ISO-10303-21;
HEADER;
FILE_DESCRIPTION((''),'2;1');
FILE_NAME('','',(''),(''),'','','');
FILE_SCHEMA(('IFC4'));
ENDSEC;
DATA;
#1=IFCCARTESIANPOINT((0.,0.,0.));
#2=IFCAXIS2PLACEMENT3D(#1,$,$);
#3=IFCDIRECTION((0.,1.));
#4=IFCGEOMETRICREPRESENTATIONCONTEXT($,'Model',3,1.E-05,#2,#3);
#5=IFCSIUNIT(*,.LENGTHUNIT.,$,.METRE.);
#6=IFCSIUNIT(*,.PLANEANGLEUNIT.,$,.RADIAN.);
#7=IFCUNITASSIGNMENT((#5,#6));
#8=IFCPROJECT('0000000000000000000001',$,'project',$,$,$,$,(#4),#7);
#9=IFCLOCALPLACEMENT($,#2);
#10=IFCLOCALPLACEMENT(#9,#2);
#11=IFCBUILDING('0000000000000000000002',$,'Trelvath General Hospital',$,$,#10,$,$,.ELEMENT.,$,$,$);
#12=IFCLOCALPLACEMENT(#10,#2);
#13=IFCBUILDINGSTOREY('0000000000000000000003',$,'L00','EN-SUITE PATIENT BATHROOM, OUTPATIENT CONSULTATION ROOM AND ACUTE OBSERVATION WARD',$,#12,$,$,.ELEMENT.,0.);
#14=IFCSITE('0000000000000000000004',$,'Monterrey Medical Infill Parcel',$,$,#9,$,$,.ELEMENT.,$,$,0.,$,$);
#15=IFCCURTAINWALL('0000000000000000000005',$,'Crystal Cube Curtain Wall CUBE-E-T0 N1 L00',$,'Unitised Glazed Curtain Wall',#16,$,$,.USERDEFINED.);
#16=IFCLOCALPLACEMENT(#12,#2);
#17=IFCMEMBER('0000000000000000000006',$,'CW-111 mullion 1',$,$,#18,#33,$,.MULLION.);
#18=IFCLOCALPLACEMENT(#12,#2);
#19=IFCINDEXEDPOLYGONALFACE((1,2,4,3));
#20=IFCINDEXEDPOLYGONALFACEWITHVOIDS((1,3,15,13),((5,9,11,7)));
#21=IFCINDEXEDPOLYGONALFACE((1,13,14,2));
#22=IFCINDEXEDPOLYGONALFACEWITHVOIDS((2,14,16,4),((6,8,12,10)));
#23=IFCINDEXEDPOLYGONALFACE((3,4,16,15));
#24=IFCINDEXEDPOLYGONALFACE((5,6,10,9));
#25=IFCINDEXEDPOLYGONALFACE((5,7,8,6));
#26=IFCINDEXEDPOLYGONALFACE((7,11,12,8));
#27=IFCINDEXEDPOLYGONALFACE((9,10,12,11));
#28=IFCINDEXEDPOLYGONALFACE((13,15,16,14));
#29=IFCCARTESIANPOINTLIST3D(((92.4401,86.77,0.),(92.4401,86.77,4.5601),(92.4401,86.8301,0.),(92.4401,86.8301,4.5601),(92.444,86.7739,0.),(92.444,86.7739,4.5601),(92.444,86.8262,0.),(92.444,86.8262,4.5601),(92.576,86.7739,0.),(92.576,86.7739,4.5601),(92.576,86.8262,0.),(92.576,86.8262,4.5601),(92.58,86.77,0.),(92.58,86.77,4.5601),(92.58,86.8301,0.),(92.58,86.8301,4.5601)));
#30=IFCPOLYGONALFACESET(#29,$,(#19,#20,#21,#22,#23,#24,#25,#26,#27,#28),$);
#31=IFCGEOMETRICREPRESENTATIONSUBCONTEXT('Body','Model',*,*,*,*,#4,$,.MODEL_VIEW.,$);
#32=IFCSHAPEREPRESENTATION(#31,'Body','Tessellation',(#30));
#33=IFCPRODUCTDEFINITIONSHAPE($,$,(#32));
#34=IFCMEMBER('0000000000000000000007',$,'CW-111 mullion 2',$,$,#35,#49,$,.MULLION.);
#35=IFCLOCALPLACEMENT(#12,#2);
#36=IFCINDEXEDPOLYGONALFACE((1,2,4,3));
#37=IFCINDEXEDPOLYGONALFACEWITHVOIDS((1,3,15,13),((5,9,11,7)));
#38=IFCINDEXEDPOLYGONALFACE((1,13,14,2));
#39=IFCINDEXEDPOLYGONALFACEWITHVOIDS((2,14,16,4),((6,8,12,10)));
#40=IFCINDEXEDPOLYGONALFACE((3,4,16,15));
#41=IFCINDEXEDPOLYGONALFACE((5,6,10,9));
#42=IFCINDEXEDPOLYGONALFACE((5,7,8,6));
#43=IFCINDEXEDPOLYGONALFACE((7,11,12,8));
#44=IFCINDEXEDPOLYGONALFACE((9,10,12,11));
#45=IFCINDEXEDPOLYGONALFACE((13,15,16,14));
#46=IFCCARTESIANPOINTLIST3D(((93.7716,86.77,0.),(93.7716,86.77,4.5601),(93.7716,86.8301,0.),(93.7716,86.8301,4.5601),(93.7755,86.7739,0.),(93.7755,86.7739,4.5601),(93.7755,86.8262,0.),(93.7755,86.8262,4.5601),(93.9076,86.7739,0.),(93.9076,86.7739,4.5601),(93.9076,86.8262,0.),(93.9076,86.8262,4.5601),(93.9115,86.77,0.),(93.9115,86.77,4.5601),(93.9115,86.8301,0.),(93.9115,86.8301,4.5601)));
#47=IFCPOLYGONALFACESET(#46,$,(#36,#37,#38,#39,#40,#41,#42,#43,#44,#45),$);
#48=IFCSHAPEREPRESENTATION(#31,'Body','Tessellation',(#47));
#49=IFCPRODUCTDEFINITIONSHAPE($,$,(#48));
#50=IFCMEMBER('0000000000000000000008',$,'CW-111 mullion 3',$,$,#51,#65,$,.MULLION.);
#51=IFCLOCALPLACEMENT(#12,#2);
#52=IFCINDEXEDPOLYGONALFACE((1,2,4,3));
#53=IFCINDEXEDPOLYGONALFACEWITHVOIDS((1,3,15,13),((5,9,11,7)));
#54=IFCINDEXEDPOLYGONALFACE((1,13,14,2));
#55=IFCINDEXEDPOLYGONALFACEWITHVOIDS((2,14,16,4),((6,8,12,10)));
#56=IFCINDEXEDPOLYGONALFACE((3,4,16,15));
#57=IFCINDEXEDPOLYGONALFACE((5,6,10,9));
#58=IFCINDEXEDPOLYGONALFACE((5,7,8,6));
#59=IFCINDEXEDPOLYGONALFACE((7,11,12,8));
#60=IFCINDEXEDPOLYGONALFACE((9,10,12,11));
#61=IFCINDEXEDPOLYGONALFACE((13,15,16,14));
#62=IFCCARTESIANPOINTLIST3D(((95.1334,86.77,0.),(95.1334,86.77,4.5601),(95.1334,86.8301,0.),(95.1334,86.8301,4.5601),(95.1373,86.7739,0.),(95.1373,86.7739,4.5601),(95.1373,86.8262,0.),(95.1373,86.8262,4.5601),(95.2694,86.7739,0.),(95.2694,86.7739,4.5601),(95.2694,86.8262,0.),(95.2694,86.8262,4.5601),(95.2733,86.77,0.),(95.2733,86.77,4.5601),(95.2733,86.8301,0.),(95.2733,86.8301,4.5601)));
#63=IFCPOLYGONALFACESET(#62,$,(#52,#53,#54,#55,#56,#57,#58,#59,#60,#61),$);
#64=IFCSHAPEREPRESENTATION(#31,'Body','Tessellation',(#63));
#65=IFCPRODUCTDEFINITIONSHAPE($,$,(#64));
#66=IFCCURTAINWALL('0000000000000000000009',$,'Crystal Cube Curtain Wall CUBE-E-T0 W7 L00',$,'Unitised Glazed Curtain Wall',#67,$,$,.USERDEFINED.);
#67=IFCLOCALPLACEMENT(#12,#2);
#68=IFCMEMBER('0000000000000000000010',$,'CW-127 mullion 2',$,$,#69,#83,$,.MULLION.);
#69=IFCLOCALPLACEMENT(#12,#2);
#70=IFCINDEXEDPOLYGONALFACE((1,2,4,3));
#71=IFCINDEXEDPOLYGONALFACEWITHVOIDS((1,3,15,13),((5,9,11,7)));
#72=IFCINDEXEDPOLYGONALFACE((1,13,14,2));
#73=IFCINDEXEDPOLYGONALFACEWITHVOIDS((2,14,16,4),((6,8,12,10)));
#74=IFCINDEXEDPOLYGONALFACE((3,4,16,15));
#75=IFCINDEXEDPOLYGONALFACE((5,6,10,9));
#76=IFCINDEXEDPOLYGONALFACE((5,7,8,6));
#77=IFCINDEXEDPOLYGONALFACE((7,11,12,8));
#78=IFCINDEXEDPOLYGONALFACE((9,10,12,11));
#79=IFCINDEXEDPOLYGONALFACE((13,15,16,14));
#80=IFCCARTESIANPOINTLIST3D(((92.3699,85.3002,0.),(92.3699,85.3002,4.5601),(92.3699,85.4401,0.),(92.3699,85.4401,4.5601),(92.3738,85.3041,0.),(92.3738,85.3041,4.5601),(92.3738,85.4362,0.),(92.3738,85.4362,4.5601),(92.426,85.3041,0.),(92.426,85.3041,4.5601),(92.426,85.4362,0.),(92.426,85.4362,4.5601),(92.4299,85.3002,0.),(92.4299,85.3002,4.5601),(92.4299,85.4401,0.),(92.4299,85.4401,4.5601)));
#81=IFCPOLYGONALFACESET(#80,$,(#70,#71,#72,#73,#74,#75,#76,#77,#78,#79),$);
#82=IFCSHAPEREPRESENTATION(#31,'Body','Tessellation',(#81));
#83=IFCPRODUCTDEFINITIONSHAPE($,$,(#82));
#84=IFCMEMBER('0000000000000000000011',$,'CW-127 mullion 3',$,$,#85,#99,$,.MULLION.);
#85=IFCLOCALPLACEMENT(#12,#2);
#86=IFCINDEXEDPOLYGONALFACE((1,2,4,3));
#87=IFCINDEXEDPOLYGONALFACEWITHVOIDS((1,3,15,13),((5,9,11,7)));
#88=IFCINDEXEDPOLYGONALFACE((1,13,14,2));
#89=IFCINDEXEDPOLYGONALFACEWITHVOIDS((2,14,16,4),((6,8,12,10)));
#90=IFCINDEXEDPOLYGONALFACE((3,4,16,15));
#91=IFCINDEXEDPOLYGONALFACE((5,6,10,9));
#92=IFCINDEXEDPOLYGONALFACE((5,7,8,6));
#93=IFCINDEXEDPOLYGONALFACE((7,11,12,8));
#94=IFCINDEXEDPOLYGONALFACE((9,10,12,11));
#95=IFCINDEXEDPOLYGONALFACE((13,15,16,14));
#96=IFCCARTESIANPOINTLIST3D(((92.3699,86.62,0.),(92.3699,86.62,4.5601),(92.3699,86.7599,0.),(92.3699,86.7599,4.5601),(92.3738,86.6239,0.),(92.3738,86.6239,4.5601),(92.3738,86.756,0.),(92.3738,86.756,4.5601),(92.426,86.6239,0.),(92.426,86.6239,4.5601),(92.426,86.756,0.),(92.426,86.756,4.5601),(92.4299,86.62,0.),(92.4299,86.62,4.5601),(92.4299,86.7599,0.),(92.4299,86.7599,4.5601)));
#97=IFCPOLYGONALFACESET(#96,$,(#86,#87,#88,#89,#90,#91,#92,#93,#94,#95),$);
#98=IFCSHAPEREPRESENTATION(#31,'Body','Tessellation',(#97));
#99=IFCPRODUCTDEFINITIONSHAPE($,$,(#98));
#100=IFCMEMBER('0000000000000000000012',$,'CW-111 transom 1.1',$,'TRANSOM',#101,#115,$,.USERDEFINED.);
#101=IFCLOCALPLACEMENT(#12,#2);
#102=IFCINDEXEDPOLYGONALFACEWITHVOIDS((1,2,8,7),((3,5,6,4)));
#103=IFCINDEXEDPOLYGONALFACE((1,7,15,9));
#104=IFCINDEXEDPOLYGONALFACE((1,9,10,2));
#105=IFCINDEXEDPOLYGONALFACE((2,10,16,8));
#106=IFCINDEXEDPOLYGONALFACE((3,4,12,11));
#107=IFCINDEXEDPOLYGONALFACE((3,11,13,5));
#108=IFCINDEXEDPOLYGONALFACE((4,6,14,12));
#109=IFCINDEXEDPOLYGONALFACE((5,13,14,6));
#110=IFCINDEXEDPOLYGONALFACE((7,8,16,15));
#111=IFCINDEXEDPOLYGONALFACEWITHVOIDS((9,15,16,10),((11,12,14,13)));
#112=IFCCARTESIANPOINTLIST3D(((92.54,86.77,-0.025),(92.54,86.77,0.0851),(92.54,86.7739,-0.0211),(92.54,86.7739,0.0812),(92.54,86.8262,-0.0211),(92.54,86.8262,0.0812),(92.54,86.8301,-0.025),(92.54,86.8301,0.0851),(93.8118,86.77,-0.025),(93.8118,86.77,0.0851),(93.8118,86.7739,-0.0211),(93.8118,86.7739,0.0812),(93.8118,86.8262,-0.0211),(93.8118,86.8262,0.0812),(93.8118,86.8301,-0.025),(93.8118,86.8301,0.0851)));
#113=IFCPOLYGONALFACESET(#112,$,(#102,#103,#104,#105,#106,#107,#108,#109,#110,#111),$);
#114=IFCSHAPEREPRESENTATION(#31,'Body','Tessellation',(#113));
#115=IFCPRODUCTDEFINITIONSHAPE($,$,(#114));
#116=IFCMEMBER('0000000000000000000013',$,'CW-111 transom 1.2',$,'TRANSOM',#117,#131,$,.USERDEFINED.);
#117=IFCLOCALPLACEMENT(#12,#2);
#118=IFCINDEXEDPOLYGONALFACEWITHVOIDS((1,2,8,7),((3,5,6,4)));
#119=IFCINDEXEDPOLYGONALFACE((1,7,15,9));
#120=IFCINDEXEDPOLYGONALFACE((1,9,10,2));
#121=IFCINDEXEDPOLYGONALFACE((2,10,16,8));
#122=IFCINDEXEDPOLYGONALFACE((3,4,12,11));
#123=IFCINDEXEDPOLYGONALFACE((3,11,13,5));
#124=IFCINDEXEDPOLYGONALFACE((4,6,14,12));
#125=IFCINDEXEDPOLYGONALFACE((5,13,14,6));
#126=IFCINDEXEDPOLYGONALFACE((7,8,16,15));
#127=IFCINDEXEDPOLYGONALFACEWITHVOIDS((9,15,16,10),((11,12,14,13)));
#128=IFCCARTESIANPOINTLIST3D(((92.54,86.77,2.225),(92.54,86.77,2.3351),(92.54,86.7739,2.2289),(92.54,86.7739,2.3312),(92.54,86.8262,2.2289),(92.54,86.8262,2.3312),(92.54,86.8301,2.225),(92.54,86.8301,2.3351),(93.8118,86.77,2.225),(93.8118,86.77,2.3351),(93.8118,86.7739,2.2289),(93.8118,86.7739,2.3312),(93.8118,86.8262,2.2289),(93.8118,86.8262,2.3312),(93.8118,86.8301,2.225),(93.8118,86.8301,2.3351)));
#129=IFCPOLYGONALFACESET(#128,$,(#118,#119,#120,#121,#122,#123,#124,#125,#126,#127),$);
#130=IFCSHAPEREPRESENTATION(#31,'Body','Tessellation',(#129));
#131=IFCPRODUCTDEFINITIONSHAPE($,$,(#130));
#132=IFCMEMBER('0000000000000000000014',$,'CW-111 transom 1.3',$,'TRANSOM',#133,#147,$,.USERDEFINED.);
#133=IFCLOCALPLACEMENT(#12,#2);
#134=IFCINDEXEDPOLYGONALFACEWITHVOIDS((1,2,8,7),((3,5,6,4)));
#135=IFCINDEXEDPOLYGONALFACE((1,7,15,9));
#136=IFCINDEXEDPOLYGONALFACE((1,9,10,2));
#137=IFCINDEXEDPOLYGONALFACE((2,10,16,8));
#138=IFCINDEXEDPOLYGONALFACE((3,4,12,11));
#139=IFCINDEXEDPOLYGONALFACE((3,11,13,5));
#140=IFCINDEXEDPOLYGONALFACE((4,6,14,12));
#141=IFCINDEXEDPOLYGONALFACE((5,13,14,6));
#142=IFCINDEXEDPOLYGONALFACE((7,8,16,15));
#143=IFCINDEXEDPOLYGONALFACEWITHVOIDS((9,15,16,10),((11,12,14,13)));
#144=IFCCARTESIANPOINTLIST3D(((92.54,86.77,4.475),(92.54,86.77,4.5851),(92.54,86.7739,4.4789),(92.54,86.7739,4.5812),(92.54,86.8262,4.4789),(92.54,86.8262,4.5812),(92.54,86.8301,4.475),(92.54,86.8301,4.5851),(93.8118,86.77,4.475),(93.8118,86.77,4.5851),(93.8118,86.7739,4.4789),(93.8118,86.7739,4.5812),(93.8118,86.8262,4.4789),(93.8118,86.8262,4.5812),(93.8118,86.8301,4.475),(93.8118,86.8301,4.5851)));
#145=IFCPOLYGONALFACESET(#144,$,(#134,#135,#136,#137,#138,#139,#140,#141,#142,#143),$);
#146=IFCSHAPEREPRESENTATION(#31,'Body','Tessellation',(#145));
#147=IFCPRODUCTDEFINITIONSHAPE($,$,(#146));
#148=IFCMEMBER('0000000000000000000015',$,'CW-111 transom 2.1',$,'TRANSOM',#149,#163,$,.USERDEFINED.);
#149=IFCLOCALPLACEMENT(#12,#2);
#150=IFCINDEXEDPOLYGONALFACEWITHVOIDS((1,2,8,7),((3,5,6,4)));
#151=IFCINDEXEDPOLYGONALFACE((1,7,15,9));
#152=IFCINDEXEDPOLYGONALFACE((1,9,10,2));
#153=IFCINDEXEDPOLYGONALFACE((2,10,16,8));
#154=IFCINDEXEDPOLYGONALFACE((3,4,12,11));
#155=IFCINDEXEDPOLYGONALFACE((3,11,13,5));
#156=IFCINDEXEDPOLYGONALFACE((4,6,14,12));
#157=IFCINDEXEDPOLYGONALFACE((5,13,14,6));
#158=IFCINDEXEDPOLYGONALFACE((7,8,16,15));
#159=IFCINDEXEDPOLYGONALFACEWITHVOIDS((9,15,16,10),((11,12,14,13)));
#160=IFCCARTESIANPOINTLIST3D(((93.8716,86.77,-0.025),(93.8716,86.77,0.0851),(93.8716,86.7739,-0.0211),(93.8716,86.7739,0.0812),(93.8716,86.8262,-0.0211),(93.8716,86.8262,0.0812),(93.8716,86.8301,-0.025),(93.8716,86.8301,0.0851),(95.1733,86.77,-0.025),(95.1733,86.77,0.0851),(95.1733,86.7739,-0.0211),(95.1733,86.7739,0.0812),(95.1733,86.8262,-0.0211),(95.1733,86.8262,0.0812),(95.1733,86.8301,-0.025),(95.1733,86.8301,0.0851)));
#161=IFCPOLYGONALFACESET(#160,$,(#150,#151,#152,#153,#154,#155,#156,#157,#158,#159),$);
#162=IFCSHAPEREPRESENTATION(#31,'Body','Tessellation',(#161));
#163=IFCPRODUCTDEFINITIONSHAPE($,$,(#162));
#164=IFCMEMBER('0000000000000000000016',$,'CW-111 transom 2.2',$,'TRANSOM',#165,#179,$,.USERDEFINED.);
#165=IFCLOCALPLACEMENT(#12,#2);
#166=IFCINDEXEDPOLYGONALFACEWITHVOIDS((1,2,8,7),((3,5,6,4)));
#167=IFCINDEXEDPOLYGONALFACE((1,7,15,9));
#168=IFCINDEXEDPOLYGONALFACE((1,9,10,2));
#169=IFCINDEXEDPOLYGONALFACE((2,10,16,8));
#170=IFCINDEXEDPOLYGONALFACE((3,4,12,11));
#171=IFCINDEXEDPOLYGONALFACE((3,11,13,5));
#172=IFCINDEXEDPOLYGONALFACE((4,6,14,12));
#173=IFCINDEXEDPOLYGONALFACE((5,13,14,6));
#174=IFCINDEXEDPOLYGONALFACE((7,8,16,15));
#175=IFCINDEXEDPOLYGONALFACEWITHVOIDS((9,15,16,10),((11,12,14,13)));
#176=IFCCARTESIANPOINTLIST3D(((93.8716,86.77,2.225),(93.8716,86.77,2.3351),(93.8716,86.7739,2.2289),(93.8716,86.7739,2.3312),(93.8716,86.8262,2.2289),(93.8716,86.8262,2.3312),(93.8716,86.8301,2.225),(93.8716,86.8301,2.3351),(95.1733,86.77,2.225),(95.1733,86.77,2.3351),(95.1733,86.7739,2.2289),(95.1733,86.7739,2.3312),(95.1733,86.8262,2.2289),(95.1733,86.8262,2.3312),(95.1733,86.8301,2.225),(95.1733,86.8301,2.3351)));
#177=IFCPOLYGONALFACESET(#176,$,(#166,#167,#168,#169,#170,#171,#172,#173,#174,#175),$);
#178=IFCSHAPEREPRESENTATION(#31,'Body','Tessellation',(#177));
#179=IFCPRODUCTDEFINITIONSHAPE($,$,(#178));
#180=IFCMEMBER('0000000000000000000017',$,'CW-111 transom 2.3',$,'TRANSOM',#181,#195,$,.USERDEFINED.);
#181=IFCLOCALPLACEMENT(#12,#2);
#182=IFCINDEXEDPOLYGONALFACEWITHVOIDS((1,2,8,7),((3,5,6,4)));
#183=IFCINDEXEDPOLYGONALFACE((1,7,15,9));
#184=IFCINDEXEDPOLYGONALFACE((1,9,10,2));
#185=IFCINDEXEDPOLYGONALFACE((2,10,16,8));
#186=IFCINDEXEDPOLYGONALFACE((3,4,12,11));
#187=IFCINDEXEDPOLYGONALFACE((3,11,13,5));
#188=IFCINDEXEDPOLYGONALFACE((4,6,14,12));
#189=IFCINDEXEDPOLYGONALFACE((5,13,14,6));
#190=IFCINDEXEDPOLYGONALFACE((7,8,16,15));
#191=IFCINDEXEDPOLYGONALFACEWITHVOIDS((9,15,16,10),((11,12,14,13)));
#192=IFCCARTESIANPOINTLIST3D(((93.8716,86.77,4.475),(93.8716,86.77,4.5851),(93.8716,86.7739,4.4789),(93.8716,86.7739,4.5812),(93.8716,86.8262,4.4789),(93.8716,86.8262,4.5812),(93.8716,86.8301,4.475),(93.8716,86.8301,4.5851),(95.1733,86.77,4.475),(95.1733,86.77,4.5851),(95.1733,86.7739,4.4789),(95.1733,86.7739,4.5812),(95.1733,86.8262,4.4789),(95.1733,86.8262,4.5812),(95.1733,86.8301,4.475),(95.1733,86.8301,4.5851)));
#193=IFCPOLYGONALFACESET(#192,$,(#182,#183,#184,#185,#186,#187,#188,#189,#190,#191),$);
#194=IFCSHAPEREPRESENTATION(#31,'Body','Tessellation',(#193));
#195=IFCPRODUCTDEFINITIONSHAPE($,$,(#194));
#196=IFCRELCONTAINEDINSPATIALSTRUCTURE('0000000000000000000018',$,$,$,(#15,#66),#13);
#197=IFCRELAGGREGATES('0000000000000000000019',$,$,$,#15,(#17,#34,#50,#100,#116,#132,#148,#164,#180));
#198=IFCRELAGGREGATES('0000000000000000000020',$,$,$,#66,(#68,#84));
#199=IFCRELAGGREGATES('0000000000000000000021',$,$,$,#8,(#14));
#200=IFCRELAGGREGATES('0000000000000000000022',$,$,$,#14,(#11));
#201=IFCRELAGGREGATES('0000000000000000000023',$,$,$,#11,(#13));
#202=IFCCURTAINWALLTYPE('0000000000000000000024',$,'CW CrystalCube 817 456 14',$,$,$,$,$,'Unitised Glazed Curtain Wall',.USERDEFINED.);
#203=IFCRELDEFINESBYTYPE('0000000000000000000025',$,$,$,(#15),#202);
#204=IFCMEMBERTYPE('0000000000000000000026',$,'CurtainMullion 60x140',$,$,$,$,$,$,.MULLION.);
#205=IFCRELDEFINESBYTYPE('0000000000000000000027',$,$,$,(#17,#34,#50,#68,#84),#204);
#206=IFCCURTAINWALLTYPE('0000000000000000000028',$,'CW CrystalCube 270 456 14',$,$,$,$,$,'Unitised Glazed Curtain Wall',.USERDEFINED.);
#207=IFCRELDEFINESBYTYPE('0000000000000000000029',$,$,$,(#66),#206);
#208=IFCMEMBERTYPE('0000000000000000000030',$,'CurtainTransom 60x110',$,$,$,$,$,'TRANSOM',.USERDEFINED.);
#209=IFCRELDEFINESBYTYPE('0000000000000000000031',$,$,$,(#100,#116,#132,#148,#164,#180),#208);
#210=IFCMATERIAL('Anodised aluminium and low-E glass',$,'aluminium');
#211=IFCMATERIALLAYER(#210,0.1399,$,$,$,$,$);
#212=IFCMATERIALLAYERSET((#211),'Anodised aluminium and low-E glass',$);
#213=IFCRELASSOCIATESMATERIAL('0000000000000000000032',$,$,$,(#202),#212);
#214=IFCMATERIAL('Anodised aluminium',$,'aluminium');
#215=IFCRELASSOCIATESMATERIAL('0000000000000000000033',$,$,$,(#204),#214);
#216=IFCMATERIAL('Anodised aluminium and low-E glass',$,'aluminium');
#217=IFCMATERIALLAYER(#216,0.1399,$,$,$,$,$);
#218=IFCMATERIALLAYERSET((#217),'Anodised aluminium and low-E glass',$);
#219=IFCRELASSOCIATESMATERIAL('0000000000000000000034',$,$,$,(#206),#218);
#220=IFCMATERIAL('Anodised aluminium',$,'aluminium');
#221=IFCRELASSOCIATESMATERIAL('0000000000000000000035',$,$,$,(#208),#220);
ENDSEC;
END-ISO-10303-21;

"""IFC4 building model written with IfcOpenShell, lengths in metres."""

from ifc_helpers import new_model, si_unit, direction, frame, origin, origin_2d, place, context, subcontext, project, spatial, hollow_rectangle, extrude, material, layer, layer_set, material_profile, profile_set, type_object, element, aggregate, save


model = new_model("IFC4")

# Units and contexts
model_context = context("Model", 3, precision=1e-05, world=origin(), true_north=direction((0.0, 1.0)))
body_context = subcontext(model_context, "Body", "Model", "MODEL_VIEW")
ifc_project = project(units=[si_unit("LENGTHUNIT", "METRE"), si_unit("PLANEANGLEUNIT", "RADIAN")], contexts=[model_context])

# Site, building, storey
site_placement = place(None, origin())
site = spatial("IfcSite", under=ifc_project, at=site_placement, Name="Monterrey Medical Infill Parcel", CompositionType="ELEMENT", RefElevation=0.0)
building_placement = place(site_placement, origin())
building = spatial("IfcBuilding", under=site, at=building_placement, Name="Trelvath General Hospital", CompositionType="ELEMENT")
storey_placement = place(building_placement, origin())
storey = spatial("IfcBuildingStorey", under=building, at=storey_placement, Name="L00", Description="EN-SUITE PATIENT BATHROOM, OUTPATIENT CONSULTATION ROOM AND ACUTE OBSERVATION WARD", CompositionType="ELEMENT", Elevation=0.0)

# Curtain walls, members
ifc_material_1 = material(Name="Anodised aluminium and low-E glass", Category="aluminium")
ifc_layer_1 = layer(ifc_material_1, 0.1399)
ifc_layer_set_1 = layer_set([ifc_layer_1], Name="Anodised aluminium and low-E glass")
curtain_wall_type_1 = type_object("IfcCurtainWallType", Name="CW CrystalCube 817 456 14", ElementType="Unitised Glazed Curtain Wall", PredefinedType="USERDEFINED", material=ifc_layer_set_1)
curtain_wall_1_placement = place(storey_placement, origin())
curtain_wall_1 = element("IfcCurtainWall", 1, at=curtain_wall_1_placement, inside=storey, type_object=curtain_wall_type_1, Name="Crystal Cube Curtain Wall CUBE-E-T0 N1 L00", ObjectType="Unitised Glazed Curtain Wall", PredefinedType="USERDEFINED")
ifc_material_2 = material(Name="Anodised aluminium", Category="aluminium")
ifc_material_profile_1 = material_profile(ifc_material_2, hollow_rectangle(XDim=0.0601, YDim=0.1399, WallThickness=0.0039, at=origin_2d()), Name="RHS60x140x4")
ifc_profile_set_1 = profile_set([ifc_material_profile_1], Name="Anodised aluminium")
member_type_1 = type_object("IfcMemberType", Name="CurtainMullion 60x140", PredefinedType="MULLION", material=ifc_profile_set_1)
member_1_placement = place(storey_placement, frame((92.51, 86.8, 0.0), z_axis=(0.0, 0.0, 1.0), x_axis=(0.0, 1.0, 0.0)))
member_1 = element("IfcMember", 2, at=member_1_placement, type_object=member_type_1, Name="CW-111 mullion 1", PredefinedType="MULLION", context=body_context, shape_type="SweptSolid", body=[
    extrude(hollow_rectangle(XDim=0.0601, YDim=0.1399, WallThickness=0.0039, at=origin_2d()), origin(), (0.0, 0.0, 1.0), 4.5601),
])
member_2_placement = place(storey_placement, frame((93.8416, 86.8, 0.0), z_axis=(0.0, 0.0, 1.0), x_axis=(0.0, 1.0, 0.0)))
member_2 = element("IfcMember", 3, at=member_2_placement, type_object=member_type_1, Name="CW-111 mullion 2", PredefinedType="MULLION", context=body_context, shape_type="SweptSolid", body=[
    extrude(hollow_rectangle(XDim=0.0601, YDim=0.1399, WallThickness=0.0039, at=origin_2d()), origin(), (0.0, 0.0, 1.0), 4.5601),
])
member_3_placement = place(storey_placement, frame((95.2034, 86.8, 0.0), z_axis=(0.0, 0.0, 1.0), x_axis=(0.0, 1.0, 0.0)))
member_3 = element("IfcMember", 4, at=member_3_placement, type_object=member_type_1, Name="CW-111 mullion 3", PredefinedType="MULLION", context=body_context, shape_type="SweptSolid", body=[
    extrude(hollow_rectangle(XDim=0.0601, YDim=0.1399, WallThickness=0.0039, at=origin_2d()), origin(), (0.0, 0.0, 1.0), 4.5601),
])
ifc_material_3 = material(Name="Anodised aluminium and low-E glass", Category="aluminium")
ifc_layer_2 = layer(ifc_material_3, 0.1399)
ifc_layer_set_2 = layer_set([ifc_layer_2], Name="Anodised aluminium and low-E glass")
curtain_wall_type_2 = type_object("IfcCurtainWallType", Name="CW CrystalCube 270 456 14", ElementType="Unitised Glazed Curtain Wall", PredefinedType="USERDEFINED", material=ifc_layer_set_2)
curtain_wall_2_placement = place(storey_placement, origin())
curtain_wall_2 = element("IfcCurtainWall", 5, at=curtain_wall_2_placement, inside=storey, type_object=curtain_wall_type_2, Name="Crystal Cube Curtain Wall CUBE-E-T0 W7 L00", ObjectType="Unitised Glazed Curtain Wall", PredefinedType="USERDEFINED")
member_4_placement = place(storey_placement, frame((92.3999, 85.3701, 0.0), z_axis=(0.0, 0.0, 1.0), x_axis=(-1.0, 0.0, 0.0)))
member_4 = element("IfcMember", 6, at=member_4_placement, type_object=member_type_1, Name="CW-127 mullion 2", PredefinedType="MULLION", context=body_context, shape_type="SweptSolid", body=[
    extrude(hollow_rectangle(XDim=0.0601, YDim=0.1399, WallThickness=0.0039, at=origin_2d()), origin(), (0.0, 0.0, 1.0), 4.5601),
])
member_5_placement = place(storey_placement, frame((92.3999, 86.6899, 0.0), z_axis=(0.0, 0.0, 1.0), x_axis=(-1.0, 0.0, 0.0)))
member_5 = element("IfcMember", 7, at=member_5_placement, type_object=member_type_1, Name="CW-127 mullion 3", PredefinedType="MULLION", context=body_context, shape_type="SweptSolid", body=[
    extrude(hollow_rectangle(XDim=0.0601, YDim=0.1399, WallThickness=0.0039, at=origin_2d()), origin(), (0.0, 0.0, 1.0), 4.5601),
])

# Members
ifc_material_4 = material(Name="Anodised aluminium", Category="aluminium")
ifc_material_profile_2 = material_profile(ifc_material_4, hollow_rectangle(XDim=0.0601, YDim=0.1101, WallThickness=0.0039, at=origin_2d()), Name="RHS60x110x4")
ifc_profile_set_2 = profile_set([ifc_material_profile_2], Name="Anodised aluminium")
member_type_2 = type_object("IfcMemberType", Name="CurtainTransom 60x110", ElementType="TRANSOM", PredefinedType="USERDEFINED", material=ifc_profile_set_2)
member_6_placement = place(storey_placement, frame((92.54, 86.8, 0.03), z_axis=(1.0, 0.0, 0.0), x_axis=(0.0, 1.0, 0.0)))
member_6 = element("IfcMember", 8, at=member_6_placement, type_object=member_type_2, Name="CW-111 transom 1.1", ObjectType="TRANSOM", PredefinedType="USERDEFINED", context=body_context, shape_type="SweptSolid", body=[
    extrude(hollow_rectangle(XDim=0.0601, YDim=0.1101, WallThickness=0.0039, at=origin_2d()), origin(), (0.0, 0.0, 1.0), 1.2717),
])
member_7_placement = place(storey_placement, frame((92.54, 86.8, 2.28), z_axis=(1.0, 0.0, 0.0), x_axis=(0.0, 1.0, 0.0)))
member_7 = element("IfcMember", 9, at=member_7_placement, type_object=member_type_2, Name="CW-111 transom 1.2", ObjectType="TRANSOM", PredefinedType="USERDEFINED", context=body_context, shape_type="SweptSolid", body=[
    extrude(hollow_rectangle(XDim=0.0601, YDim=0.1101, WallThickness=0.0039, at=origin_2d()), origin(), (0.0, 0.0, 1.0), 1.2717),
])
member_8_placement = place(storey_placement, frame((92.54, 86.8, 4.53), z_axis=(1.0, 0.0, 0.0), x_axis=(0.0, 1.0, 0.0)))
member_8 = element("IfcMember", 10, at=member_8_placement, type_object=member_type_2, Name="CW-111 transom 1.3", ObjectType="TRANSOM", PredefinedType="USERDEFINED", context=body_context, shape_type="SweptSolid", body=[
    extrude(hollow_rectangle(XDim=0.0601, YDim=0.1101, WallThickness=0.0039, at=origin_2d()), origin(), (0.0, 0.0, 1.0), 1.2717),
])
member_9_placement = place(storey_placement, frame((93.8716, 86.8, 0.03), z_axis=(1.0, 0.0, 0.0), x_axis=(0.0, 1.0, 0.0)))
member_9 = element("IfcMember", 11, at=member_9_placement, type_object=member_type_2, Name="CW-111 transom 2.1", ObjectType="TRANSOM", PredefinedType="USERDEFINED", context=body_context, shape_type="SweptSolid", body=[
    extrude(hollow_rectangle(XDim=0.0601, YDim=0.1101, WallThickness=0.0039, at=origin_2d()), origin(), (0.0, 0.0, 1.0), 1.3018),
])
member_10_placement = place(storey_placement, frame((93.8716, 86.8, 2.28), z_axis=(1.0, 0.0, 0.0), x_axis=(0.0, 1.0, 0.0)))
member_10 = element("IfcMember", 12, at=member_10_placement, type_object=member_type_2, Name="CW-111 transom 2.2", ObjectType="TRANSOM", PredefinedType="USERDEFINED", context=body_context, shape_type="SweptSolid", body=[
    extrude(hollow_rectangle(XDim=0.0601, YDim=0.1101, WallThickness=0.0039, at=origin_2d()), origin(), (0.0, 0.0, 1.0), 1.3018),
])
member_11_placement = place(storey_placement, frame((93.8716, 86.8, 4.53), z_axis=(1.0, 0.0, 0.0), x_axis=(0.0, 1.0, 0.0)))
member_11 = element("IfcMember", 13, at=member_11_placement, type_object=member_type_2, Name="CW-111 transom 2.3", ObjectType="TRANSOM", PredefinedType="USERDEFINED", context=body_context, shape_type="SweptSolid", body=[
    extrude(hollow_rectangle(XDim=0.0601, YDim=0.1101, WallThickness=0.0039, at=origin_2d()), origin(), (0.0, 0.0, 1.0), 1.3018),
])

aggregate(curtain_wall_1, [member_1, member_2, member_3, member_6, member_7, member_8, member_9, member_10, member_11])
aggregate(curtain_wall_2, [member_4, member_5])

save(model, "model.ifc")
